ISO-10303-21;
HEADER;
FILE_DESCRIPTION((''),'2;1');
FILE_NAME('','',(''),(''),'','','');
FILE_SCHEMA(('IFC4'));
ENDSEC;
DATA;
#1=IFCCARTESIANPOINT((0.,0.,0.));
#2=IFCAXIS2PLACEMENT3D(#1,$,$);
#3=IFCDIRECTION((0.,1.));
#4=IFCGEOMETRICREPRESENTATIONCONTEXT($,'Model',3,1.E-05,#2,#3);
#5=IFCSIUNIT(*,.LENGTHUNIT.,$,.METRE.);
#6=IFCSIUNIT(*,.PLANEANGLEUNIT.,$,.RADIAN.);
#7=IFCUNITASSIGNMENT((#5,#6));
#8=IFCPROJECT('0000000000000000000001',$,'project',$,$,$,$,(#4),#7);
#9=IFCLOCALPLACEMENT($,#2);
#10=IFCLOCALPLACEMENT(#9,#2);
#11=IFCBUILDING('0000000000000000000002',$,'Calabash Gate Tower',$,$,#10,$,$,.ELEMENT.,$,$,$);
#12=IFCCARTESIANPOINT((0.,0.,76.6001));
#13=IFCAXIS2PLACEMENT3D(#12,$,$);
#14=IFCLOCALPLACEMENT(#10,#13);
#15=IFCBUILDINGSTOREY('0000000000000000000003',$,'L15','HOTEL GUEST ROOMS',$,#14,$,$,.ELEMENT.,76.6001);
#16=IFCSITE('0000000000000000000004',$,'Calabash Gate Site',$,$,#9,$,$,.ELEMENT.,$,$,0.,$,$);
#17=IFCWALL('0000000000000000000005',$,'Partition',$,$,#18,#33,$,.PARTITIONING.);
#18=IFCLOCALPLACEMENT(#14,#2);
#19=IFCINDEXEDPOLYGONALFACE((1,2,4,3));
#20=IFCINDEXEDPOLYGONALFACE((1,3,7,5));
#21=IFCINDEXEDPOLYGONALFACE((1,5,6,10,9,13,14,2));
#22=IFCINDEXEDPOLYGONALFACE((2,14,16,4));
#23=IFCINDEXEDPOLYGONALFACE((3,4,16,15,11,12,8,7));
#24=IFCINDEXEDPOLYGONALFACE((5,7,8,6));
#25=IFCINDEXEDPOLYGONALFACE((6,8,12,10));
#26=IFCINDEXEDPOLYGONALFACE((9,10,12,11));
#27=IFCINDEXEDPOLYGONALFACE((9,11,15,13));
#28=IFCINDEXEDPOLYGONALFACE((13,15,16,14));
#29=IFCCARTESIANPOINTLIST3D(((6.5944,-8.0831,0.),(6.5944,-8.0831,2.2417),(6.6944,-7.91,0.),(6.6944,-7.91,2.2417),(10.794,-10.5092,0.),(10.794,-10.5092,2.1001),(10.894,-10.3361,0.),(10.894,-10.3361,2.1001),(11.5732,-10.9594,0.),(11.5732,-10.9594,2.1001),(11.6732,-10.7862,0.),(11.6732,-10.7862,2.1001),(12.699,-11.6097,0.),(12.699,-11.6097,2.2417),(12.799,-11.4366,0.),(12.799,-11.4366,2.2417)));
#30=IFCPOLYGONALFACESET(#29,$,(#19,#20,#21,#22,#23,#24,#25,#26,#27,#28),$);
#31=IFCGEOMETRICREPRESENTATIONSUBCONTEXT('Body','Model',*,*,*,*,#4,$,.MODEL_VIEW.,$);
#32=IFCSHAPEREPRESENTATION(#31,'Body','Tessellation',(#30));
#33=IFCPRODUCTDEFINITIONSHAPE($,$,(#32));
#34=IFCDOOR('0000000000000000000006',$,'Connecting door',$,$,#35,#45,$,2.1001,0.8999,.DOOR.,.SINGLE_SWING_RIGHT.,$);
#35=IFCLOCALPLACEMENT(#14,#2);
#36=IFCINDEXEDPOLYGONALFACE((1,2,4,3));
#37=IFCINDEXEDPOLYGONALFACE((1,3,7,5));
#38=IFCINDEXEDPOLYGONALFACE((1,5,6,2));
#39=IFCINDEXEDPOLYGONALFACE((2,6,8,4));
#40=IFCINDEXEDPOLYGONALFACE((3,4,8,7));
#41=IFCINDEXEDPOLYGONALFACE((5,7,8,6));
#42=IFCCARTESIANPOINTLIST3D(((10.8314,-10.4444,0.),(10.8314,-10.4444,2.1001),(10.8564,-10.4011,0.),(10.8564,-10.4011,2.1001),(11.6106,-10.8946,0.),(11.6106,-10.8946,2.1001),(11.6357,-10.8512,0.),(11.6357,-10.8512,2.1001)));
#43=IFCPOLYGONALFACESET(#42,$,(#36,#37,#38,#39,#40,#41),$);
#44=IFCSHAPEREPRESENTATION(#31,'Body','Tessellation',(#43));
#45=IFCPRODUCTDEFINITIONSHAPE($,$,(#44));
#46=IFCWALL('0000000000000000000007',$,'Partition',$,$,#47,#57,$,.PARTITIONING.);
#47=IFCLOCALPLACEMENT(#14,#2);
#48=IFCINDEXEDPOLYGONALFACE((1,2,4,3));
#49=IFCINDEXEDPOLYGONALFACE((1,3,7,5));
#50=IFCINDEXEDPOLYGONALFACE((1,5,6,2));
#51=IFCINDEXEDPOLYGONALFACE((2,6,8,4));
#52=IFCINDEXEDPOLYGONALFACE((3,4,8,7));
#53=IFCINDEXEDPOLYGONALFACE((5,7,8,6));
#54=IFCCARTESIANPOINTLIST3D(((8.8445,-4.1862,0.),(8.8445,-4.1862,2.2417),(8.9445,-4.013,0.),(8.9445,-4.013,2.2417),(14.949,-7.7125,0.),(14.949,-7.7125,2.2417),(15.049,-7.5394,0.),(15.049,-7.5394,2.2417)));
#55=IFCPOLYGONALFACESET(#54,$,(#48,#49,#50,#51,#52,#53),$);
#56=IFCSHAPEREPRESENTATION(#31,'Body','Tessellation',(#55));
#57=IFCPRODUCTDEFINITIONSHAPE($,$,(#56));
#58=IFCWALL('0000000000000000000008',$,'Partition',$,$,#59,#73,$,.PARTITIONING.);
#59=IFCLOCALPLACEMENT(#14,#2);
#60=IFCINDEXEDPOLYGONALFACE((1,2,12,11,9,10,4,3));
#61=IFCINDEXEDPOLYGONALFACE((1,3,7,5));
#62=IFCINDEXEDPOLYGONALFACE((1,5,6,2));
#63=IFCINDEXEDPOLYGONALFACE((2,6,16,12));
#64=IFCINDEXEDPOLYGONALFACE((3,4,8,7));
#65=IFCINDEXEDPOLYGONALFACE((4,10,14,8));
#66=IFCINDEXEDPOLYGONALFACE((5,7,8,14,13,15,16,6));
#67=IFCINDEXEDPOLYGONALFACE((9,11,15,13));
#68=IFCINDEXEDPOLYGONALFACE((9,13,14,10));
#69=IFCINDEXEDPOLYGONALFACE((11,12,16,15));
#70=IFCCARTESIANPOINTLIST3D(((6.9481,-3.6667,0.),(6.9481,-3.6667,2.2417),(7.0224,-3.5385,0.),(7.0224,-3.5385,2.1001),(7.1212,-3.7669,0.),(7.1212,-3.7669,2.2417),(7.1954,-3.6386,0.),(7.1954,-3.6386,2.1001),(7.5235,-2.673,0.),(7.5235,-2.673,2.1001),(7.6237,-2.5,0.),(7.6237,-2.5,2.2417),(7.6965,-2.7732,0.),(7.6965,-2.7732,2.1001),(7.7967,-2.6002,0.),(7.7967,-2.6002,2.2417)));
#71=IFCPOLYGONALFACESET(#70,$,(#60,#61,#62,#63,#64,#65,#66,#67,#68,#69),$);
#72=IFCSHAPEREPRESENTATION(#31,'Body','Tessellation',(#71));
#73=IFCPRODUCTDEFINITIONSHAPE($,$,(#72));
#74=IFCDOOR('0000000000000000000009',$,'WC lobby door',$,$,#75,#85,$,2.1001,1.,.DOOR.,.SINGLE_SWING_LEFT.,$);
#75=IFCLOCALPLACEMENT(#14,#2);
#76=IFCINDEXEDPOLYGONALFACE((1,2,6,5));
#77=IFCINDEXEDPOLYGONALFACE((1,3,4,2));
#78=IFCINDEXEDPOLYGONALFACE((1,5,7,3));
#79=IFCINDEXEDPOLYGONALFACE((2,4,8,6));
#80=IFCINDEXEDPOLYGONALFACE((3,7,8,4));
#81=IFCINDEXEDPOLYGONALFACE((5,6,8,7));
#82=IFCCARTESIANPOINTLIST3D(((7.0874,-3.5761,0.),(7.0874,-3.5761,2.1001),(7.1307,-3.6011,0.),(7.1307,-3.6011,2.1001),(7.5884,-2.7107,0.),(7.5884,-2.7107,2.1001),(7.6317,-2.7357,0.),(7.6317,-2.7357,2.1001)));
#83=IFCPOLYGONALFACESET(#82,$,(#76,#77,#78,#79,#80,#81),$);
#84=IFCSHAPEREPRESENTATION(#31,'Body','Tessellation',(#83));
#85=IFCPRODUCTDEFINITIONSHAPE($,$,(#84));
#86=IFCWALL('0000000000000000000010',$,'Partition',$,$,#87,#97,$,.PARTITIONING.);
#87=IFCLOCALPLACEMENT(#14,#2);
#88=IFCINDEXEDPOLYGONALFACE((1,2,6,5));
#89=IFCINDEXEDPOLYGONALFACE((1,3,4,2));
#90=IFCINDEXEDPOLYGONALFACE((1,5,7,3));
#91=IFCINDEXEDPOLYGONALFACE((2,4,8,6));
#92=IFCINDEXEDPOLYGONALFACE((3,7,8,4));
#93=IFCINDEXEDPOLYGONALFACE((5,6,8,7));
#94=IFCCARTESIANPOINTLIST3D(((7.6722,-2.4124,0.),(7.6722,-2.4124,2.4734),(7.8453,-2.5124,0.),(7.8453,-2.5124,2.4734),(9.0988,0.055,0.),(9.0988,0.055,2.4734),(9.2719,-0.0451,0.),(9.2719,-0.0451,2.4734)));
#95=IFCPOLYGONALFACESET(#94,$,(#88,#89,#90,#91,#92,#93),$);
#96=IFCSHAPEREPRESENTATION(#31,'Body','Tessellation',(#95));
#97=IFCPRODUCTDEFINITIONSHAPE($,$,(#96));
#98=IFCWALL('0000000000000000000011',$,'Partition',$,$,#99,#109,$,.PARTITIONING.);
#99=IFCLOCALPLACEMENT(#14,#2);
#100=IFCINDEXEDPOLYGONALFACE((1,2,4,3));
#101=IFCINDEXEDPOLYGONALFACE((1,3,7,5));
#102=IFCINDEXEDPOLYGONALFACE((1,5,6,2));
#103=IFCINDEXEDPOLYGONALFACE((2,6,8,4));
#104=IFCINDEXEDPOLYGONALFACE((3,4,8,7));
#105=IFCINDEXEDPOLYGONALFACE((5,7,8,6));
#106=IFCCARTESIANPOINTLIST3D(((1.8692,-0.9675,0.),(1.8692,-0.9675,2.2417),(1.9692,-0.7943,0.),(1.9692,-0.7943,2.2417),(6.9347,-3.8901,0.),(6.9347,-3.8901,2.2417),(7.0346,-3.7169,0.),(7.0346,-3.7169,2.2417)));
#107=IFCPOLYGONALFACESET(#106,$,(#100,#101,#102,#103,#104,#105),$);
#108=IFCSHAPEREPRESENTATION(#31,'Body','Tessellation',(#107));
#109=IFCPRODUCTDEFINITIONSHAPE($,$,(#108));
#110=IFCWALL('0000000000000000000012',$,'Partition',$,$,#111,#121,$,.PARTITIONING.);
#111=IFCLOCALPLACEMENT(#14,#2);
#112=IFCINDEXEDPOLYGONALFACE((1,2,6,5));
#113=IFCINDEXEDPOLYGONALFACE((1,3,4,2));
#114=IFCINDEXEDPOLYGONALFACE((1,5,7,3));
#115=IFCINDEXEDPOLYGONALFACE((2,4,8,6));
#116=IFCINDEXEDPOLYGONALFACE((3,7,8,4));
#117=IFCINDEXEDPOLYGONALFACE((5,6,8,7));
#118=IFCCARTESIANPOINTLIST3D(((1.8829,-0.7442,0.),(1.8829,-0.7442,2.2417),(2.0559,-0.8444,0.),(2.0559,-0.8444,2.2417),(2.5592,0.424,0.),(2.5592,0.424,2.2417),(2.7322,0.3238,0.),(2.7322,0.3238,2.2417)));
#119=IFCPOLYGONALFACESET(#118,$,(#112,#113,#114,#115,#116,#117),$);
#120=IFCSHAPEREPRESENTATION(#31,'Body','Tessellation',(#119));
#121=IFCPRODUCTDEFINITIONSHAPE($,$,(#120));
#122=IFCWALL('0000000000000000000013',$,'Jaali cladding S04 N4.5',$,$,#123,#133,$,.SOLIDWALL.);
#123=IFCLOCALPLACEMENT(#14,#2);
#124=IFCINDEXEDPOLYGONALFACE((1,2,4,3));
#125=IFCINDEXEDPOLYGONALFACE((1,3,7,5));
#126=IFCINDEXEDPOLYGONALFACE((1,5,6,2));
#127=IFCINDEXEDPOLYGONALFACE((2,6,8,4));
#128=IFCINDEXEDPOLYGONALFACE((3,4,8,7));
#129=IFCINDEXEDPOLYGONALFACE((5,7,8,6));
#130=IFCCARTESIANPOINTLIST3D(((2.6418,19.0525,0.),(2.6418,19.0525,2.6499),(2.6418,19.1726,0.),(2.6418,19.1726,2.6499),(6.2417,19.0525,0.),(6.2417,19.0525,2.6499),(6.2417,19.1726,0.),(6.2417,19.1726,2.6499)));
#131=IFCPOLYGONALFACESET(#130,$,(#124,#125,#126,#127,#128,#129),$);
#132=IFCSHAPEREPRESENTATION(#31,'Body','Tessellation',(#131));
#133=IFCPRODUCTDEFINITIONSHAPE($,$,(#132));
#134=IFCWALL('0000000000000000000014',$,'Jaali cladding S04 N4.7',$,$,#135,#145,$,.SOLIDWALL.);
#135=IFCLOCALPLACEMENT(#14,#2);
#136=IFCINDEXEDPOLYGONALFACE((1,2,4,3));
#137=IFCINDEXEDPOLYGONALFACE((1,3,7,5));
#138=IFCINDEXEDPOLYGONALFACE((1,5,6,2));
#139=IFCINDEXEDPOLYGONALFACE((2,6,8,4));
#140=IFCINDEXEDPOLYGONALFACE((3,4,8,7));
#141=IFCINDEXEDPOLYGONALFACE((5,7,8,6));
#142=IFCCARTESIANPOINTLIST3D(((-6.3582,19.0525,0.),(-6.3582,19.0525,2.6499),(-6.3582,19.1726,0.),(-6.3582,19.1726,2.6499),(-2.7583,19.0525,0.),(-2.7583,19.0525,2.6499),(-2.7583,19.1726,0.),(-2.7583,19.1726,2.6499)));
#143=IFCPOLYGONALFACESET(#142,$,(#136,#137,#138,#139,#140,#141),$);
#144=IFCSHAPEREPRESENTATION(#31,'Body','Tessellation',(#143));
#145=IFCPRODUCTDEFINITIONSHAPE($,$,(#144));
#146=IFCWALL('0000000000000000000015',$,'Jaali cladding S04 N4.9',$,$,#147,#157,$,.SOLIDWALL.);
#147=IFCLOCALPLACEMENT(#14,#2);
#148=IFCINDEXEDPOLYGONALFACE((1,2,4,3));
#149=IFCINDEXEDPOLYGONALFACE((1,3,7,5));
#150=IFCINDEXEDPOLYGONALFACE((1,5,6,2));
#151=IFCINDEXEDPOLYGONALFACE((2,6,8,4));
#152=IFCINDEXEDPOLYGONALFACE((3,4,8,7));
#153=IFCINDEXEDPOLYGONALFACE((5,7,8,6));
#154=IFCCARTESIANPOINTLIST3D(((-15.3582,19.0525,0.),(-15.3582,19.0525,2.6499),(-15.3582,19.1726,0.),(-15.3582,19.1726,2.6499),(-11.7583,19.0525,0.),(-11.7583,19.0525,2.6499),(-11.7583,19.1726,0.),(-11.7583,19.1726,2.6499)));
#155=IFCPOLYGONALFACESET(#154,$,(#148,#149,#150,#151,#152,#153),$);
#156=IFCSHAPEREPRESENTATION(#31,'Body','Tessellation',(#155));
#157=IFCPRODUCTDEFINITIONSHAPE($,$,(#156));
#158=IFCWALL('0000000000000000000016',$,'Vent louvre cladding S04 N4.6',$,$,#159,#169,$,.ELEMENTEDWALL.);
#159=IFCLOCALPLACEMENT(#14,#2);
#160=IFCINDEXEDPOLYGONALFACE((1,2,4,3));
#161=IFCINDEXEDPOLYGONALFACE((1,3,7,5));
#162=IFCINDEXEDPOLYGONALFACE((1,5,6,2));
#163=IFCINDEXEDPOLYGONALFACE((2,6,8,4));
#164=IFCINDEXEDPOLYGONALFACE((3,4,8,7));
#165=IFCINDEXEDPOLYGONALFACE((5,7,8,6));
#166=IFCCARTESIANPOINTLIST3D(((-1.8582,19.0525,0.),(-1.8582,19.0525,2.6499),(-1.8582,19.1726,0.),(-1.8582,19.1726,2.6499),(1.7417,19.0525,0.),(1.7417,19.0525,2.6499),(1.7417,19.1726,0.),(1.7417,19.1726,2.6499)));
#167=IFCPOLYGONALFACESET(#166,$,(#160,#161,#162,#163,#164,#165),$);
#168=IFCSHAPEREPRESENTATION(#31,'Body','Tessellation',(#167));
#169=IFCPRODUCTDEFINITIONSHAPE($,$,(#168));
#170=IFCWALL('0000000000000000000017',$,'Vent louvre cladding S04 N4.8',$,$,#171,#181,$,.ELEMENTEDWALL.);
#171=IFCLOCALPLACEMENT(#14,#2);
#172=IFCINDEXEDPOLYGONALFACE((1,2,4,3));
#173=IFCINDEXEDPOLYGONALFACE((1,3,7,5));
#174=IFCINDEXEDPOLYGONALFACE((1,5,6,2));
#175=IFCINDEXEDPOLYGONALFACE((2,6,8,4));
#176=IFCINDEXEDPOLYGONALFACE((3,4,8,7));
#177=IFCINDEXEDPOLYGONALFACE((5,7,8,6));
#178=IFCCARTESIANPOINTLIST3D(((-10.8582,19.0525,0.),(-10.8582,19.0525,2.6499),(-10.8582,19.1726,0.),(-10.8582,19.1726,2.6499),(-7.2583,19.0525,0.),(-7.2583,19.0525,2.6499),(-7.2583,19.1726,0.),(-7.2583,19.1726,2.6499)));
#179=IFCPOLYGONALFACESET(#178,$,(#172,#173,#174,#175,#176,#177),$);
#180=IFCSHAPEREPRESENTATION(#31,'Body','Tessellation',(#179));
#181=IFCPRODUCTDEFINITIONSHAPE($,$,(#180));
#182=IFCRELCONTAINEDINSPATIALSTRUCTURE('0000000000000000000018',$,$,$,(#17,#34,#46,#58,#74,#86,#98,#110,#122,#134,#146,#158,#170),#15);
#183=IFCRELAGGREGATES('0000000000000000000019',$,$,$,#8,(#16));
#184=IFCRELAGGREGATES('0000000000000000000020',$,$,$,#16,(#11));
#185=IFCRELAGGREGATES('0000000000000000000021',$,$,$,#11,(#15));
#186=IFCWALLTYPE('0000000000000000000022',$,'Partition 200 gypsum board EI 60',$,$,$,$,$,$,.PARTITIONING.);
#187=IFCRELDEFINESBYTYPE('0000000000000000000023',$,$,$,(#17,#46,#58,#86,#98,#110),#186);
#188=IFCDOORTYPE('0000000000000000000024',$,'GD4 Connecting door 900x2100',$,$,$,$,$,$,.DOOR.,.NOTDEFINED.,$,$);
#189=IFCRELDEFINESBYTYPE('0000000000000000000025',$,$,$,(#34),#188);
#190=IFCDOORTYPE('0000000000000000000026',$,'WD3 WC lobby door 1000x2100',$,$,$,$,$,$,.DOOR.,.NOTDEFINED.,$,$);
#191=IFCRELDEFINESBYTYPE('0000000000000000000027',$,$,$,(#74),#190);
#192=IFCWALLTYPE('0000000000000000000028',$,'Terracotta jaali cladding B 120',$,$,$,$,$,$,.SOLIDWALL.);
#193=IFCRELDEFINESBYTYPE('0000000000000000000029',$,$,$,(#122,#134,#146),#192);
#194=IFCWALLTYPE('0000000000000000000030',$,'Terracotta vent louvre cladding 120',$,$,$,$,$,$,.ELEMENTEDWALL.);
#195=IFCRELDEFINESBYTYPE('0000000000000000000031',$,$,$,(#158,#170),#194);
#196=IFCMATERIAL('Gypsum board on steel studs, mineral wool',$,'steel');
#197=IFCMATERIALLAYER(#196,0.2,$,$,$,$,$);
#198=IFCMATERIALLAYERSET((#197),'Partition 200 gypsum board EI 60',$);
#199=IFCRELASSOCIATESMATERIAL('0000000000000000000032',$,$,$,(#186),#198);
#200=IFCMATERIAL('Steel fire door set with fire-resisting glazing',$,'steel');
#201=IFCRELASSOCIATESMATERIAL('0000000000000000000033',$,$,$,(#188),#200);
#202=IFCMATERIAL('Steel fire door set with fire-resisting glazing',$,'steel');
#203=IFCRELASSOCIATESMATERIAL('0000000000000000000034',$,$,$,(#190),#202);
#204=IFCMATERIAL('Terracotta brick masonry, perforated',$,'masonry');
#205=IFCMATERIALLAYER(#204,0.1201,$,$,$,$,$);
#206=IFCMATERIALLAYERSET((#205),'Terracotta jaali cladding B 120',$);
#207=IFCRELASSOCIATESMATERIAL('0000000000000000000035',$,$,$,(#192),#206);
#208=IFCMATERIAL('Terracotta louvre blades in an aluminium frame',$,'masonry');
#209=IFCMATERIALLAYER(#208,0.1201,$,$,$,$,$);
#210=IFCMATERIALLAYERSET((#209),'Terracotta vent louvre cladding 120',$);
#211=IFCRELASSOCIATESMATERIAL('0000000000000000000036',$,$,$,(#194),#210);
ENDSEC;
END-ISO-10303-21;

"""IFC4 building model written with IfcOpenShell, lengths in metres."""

from ifc_helpers import new_model, si_unit, direction, frame, frame_2d, origin, place, context, subcontext, project, spatial, polyline, rectangle, outline, extrude, material, layer, layer_set, type_object, element, fill, save


model = new_model("IFC4")

# Units and contexts
model_context = context("Model", 3, precision=1e-05, world=origin(), true_north=direction((0.0, 1.0)))
body_context = subcontext(model_context, "Body", "Model", "MODEL_VIEW")
ifc_project = project(units=[si_unit("LENGTHUNIT", "METRE"), si_unit("PLANEANGLEUNIT", "RADIAN")], contexts=[model_context])

# Site, building, storey
site_placement = place(None, origin())
site = spatial("IfcSite", under=ifc_project, at=site_placement, Name="Calabash Gate Site", CompositionType="ELEMENT", RefElevation=0.0)
building_placement = place(site_placement, origin())
building = spatial("IfcBuilding", under=site, at=building_placement, Name="Calabash Gate Tower", CompositionType="ELEMENT")
storey_placement = place(building_placement, frame((0.0, 0.0, 76.6001)))
storey = spatial("IfcBuildingStorey", under=building, at=storey_placement, Name="L15", Description="HOTEL GUEST ROOMS", CompositionType="ELEMENT", Elevation=76.6001)

# Wall, opening, door
ifc_material_1 = material(Name="Gypsum board on steel studs, mineral wool", Category="steel")
ifc_layer_1 = layer(ifc_material_1, 0.2)
ifc_layer_set_1 = layer_set([ifc_layer_1], Name="Partition 200 gypsum board EI 60")
wall_type_1 = type_object("IfcWallType", Name="Partition 200 gypsum board EI 60", PredefinedType="PARTITIONING", material=ifc_layer_set_1)
wall_1_placement = place(storey_placement, frame((6.6445, -7.9966, 0.0), z_axis=(0.0, 0.0, 1.0), x_axis=(0.865891, -0.500232, 0.0)))
wall_1 = element("IfcWall", 1, at=wall_1_placement, inside=storey, type_object=wall_type_1, Name="Partition", PredefinedType="PARTITIONING", context=body_context, shape_type="SweptSolid", body=[
    extrude(rectangle(XDim=7.05, YDim=0.2, at=frame_2d((3.5249, 0.0))), origin(), (0.0, 0.0, 1.0), 2.2417),
])
opening_1_placement = place(wall_1_placement, frame((4.8499, 0.0, 0.0)))
opening_1 = element("IfcOpeningElement", 2, at=opening_1_placement, cuts=wall_1, PredefinedType="OPENING", context=body_context, shape_type="SweptSolid", body=[
    extrude(rectangle(XDim=0.8999, YDim=2.1001, at=frame_2d((0.45, 1.05))), frame((0.0, 0.1099, 0.0), z_axis=(0.0, -1.0, 0.0), x_axis=(1.0, 0.0, 0.0)), (0.0, 0.0, 1.0), 0.22),
])
ifc_material_2 = material(Name="Steel fire door set with fire-resisting glazing", Category="steel")
door_type_1 = type_object("IfcDoorType", Name="GD4 Connecting door 900x2100", OperationType="NOTDEFINED", PredefinedType="DOOR", material=ifc_material_2)
door_1_placement = place(opening_1_placement, origin())
door_1 = element("IfcDoor", 3, at=door_1_placement, inside=storey, type_object=door_type_1, Name="Connecting door", OperationType="SINGLE_SWING_RIGHT", OverallHeight=2.1001, OverallWidth=0.8999, PredefinedType="DOOR", context=body_context, shape_type="SweptSolid", body=[
    extrude(rectangle(XDim=0.8999, YDim=2.1001, at=frame_2d((0.45, 1.05))), frame((0.0, 0.0249, 0.0), z_axis=(0.0, -1.0, 0.0), x_axis=(1.0, 0.0, 0.0)), (0.0, 0.0, 1.0), 0.05),
])
fill(opening_1, door_1)

# Wall
wall_2_placement = place(storey_placement, frame((8.8945, -4.0996, 0.0), z_axis=(0.0, 0.0, 1.0), x_axis=(0.865906, -0.500206, 0.0)))
element("IfcWall", 4, at=wall_2_placement, inside=storey, type_object=wall_type_1, Name="Partition", PredefinedType="PARTITIONING", context=body_context, shape_type="SweptSolid", body=[
    extrude(rectangle(XDim=7.0498, YDim=0.2, at=frame_2d((3.5249, 0.0))), origin(), (0.0, 0.0, 1.0), 2.2417),
])

# Wall, opening, door
wall_3_placement = place(storey_placement, frame((7.0347, -3.7168, 0.0), z_axis=(0.0, 0.0, 1.0), x_axis=(0.501065, 0.86541, 0.0)))
wall_3 = element("IfcWall", 5, at=wall_3_placement, inside=storey, type_object=wall_type_1, Name="Partition", PredefinedType="PARTITIONING", context=body_context, shape_type="SweptSolid", body=[
    extrude(rectangle(XDim=1.3481, YDim=0.2, at=frame_2d((0.6741, 0.0))), origin(), (0.0, 0.0, 1.0), 2.2417),
])
opening_2_placement = place(wall_3_placement, frame((0.1482, 0.0, 0.0)))
opening_2 = element("IfcOpeningElement", 6, at=opening_2_placement, cuts=wall_3, PredefinedType="OPENING", context=body_context, shape_type="SweptSolid", body=[
    extrude(rectangle(XDim=1.0, YDim=2.1001, at=frame_2d((0.5, 1.05))), frame((0.0, 0.1099, 0.0), z_axis=(0.0, -1.0, 0.0), x_axis=(1.0, 0.0, 0.0)), (0.0, 0.0, 1.0), 0.22),
])
ifc_material_3 = material(Name="Steel fire door set with fire-resisting glazing", Category="steel")
door_type_2 = type_object("IfcDoorType", Name="WD3 WC lobby door 1000x2100", OperationType="NOTDEFINED", PredefinedType="DOOR", material=ifc_material_3)
door_2_placement = place(opening_2_placement, origin())
door_2 = element("IfcDoor", 7, at=door_2_placement, inside=storey, type_object=door_type_2, Name="WC lobby door", OperationType="SINGLE_SWING_LEFT", OverallHeight=2.1001, OverallWidth=1.0, PredefinedType="DOOR", context=body_context, shape_type="SweptSolid", body=[
    extrude(rectangle(XDim=1.0, YDim=2.1001, at=frame_2d((0.5, 1.05))), frame((0.0, 0.0249, 0.0), z_axis=(0.0, -1.0, 0.0), x_axis=(1.0, 0.0, 0.0)), (0.0, 0.0, 1.0), 0.05),
])
fill(opening_2, door_2)

# Walls
wall_4_placement = place(storey_placement, frame((7.7588, -2.4624, 0.0), z_axis=(0.0, 0.0, 1.0), x_axis=(0.500533, 0.865717, 0.0)))
element("IfcWall", 8, at=wall_4_placement, inside=storey, type_object=wall_type_1, Name="Partition", PredefinedType="PARTITIONING", context=body_context, shape_type="SweptSolid", body=[
    extrude(rectangle(XDim=2.8501, YDim=0.2, at=frame_2d((1.425, 0.0))), origin(), (0.0, 0.0, 1.0), 2.4734),
])
wall_5_placement = place(storey_placement, frame((1.9192, -0.8809, 0.0), z_axis=(0.0, 0.0, 1.0), x_axis=(0.866168, -0.499754, 0.0)))
element("IfcWall", 9, at=wall_5_placement, inside=storey, type_object=wall_type_1, Name="Partition", PredefinedType="PARTITIONING", context=body_context, shape_type="SweptSolid", body=[
    extrude(rectangle(XDim=5.8481, YDim=0.2, at=frame_2d((2.9241, 0.0))), origin(), (0.0, 0.0, 1.0), 2.2417),
])
wall_6_placement = place(storey_placement, frame((1.9695, -0.7942, 0.0), z_axis=(0.0, 0.0, 1.0), x_axis=(0.501001, 0.865447, 0.0)))
element("IfcWall", 10, at=wall_6_placement, inside=storey, type_object=wall_type_1, Name="Partition", PredefinedType="PARTITIONING", context=body_context, shape_type="SweptSolid", body=[
    extrude(rectangle(XDim=1.3499, YDim=0.2, at=frame_2d((0.6748, 0.0))), origin(), (0.0, 0.0, 1.0), 2.2417),
])
ifc_material_4 = material(Name="Terracotta brick masonry, perforated", Category="masonry")
ifc_layer_2 = layer(ifc_material_4, 0.1201)
ifc_layer_set_2 = layer_set([ifc_layer_2], Name="Terracotta jaali cladding B 120")
wall_type_2 = type_object("IfcWallType", Name="Terracotta jaali cladding B 120", PredefinedType="SOLIDWALL", material=ifc_layer_set_2)
wall_7_placement = place(storey_placement, origin())
element("IfcWall", 11, at=wall_7_placement, inside=storey, type_object=wall_type_2, Name="Jaali cladding S04 N4.5", PredefinedType="SOLIDWALL", context=body_context, shape_type="SweptSolid", body=[
    extrude(outline(polyline([(2.6418, 19.1726), (2.6418, 19.0525), (6.2417, 19.0525), (6.2417, 19.1726), (2.6418, 19.1726)])), origin(), (0.0, 0.0, 1.0), 2.6499),
])
wall_8_placement = place(storey_placement, origin())
element("IfcWall", 12, at=wall_8_placement, inside=storey, type_object=wall_type_2, Name="Jaali cladding S04 N4.7", PredefinedType="SOLIDWALL", context=body_context, shape_type="SweptSolid", body=[
    extrude(outline(polyline([(-6.3582, 19.1726), (-6.3582, 19.0525), (-2.7583, 19.0525), (-2.7583, 19.1726), (-6.3582, 19.1726)])), origin(), (0.0, 0.0, 1.0), 2.6499),
])
wall_9_placement = place(storey_placement, origin())
element("IfcWall", 13, at=wall_9_placement, inside=storey, type_object=wall_type_2, Name="Jaali cladding S04 N4.9", PredefinedType="SOLIDWALL", context=body_context, shape_type="SweptSolid", body=[
    extrude(outline(polyline([(-15.3582, 19.1726), (-15.3582, 19.0525), (-11.7583, 19.0525), (-11.7583, 19.1726), (-15.3582, 19.1726)])), origin(), (0.0, 0.0, 1.0), 2.6499),
])
ifc_material_5 = material(Name="Terracotta louvre blades in an aluminium frame", Category="masonry")
ifc_layer_3 = layer(ifc_material_5, 0.1201)
ifc_layer_set_3 = layer_set([ifc_layer_3], Name="Terracotta vent louvre cladding 120")
wall_type_3 = type_object("IfcWallType", Name="Terracotta vent louvre cladding 120", PredefinedType="ELEMENTEDWALL", material=ifc_layer_set_3)
wall_10_placement = place(storey_placement, origin())
element("IfcWall", 14, at=wall_10_placement, inside=storey, type_object=wall_type_3, Name="Vent louvre cladding S04 N4.6", PredefinedType="ELEMENTEDWALL", context=body_context, shape_type="SweptSolid", body=[
    extrude(outline(polyline([(-1.8582, 19.1726), (-1.8582, 19.0525), (1.7417, 19.0525), (1.7417, 19.1726), (-1.8582, 19.1726)])), origin(), (0.0, 0.0, 1.0), 2.6499),
])
wall_11_placement = place(storey_placement, origin())
element("IfcWall", 15, at=wall_11_placement, inside=storey, type_object=wall_type_3, Name="Vent louvre cladding S04 N4.8", PredefinedType="ELEMENTEDWALL", context=body_context, shape_type="SweptSolid", body=[
    extrude(outline(polyline([(-10.8582, 19.1726), (-10.8582, 19.0525), (-7.2583, 19.0525), (-7.2583, 19.1726), (-10.8582, 19.1726)])), origin(), (0.0, 0.0, 1.0), 2.6499),
])

save(model, "model.ifc")
